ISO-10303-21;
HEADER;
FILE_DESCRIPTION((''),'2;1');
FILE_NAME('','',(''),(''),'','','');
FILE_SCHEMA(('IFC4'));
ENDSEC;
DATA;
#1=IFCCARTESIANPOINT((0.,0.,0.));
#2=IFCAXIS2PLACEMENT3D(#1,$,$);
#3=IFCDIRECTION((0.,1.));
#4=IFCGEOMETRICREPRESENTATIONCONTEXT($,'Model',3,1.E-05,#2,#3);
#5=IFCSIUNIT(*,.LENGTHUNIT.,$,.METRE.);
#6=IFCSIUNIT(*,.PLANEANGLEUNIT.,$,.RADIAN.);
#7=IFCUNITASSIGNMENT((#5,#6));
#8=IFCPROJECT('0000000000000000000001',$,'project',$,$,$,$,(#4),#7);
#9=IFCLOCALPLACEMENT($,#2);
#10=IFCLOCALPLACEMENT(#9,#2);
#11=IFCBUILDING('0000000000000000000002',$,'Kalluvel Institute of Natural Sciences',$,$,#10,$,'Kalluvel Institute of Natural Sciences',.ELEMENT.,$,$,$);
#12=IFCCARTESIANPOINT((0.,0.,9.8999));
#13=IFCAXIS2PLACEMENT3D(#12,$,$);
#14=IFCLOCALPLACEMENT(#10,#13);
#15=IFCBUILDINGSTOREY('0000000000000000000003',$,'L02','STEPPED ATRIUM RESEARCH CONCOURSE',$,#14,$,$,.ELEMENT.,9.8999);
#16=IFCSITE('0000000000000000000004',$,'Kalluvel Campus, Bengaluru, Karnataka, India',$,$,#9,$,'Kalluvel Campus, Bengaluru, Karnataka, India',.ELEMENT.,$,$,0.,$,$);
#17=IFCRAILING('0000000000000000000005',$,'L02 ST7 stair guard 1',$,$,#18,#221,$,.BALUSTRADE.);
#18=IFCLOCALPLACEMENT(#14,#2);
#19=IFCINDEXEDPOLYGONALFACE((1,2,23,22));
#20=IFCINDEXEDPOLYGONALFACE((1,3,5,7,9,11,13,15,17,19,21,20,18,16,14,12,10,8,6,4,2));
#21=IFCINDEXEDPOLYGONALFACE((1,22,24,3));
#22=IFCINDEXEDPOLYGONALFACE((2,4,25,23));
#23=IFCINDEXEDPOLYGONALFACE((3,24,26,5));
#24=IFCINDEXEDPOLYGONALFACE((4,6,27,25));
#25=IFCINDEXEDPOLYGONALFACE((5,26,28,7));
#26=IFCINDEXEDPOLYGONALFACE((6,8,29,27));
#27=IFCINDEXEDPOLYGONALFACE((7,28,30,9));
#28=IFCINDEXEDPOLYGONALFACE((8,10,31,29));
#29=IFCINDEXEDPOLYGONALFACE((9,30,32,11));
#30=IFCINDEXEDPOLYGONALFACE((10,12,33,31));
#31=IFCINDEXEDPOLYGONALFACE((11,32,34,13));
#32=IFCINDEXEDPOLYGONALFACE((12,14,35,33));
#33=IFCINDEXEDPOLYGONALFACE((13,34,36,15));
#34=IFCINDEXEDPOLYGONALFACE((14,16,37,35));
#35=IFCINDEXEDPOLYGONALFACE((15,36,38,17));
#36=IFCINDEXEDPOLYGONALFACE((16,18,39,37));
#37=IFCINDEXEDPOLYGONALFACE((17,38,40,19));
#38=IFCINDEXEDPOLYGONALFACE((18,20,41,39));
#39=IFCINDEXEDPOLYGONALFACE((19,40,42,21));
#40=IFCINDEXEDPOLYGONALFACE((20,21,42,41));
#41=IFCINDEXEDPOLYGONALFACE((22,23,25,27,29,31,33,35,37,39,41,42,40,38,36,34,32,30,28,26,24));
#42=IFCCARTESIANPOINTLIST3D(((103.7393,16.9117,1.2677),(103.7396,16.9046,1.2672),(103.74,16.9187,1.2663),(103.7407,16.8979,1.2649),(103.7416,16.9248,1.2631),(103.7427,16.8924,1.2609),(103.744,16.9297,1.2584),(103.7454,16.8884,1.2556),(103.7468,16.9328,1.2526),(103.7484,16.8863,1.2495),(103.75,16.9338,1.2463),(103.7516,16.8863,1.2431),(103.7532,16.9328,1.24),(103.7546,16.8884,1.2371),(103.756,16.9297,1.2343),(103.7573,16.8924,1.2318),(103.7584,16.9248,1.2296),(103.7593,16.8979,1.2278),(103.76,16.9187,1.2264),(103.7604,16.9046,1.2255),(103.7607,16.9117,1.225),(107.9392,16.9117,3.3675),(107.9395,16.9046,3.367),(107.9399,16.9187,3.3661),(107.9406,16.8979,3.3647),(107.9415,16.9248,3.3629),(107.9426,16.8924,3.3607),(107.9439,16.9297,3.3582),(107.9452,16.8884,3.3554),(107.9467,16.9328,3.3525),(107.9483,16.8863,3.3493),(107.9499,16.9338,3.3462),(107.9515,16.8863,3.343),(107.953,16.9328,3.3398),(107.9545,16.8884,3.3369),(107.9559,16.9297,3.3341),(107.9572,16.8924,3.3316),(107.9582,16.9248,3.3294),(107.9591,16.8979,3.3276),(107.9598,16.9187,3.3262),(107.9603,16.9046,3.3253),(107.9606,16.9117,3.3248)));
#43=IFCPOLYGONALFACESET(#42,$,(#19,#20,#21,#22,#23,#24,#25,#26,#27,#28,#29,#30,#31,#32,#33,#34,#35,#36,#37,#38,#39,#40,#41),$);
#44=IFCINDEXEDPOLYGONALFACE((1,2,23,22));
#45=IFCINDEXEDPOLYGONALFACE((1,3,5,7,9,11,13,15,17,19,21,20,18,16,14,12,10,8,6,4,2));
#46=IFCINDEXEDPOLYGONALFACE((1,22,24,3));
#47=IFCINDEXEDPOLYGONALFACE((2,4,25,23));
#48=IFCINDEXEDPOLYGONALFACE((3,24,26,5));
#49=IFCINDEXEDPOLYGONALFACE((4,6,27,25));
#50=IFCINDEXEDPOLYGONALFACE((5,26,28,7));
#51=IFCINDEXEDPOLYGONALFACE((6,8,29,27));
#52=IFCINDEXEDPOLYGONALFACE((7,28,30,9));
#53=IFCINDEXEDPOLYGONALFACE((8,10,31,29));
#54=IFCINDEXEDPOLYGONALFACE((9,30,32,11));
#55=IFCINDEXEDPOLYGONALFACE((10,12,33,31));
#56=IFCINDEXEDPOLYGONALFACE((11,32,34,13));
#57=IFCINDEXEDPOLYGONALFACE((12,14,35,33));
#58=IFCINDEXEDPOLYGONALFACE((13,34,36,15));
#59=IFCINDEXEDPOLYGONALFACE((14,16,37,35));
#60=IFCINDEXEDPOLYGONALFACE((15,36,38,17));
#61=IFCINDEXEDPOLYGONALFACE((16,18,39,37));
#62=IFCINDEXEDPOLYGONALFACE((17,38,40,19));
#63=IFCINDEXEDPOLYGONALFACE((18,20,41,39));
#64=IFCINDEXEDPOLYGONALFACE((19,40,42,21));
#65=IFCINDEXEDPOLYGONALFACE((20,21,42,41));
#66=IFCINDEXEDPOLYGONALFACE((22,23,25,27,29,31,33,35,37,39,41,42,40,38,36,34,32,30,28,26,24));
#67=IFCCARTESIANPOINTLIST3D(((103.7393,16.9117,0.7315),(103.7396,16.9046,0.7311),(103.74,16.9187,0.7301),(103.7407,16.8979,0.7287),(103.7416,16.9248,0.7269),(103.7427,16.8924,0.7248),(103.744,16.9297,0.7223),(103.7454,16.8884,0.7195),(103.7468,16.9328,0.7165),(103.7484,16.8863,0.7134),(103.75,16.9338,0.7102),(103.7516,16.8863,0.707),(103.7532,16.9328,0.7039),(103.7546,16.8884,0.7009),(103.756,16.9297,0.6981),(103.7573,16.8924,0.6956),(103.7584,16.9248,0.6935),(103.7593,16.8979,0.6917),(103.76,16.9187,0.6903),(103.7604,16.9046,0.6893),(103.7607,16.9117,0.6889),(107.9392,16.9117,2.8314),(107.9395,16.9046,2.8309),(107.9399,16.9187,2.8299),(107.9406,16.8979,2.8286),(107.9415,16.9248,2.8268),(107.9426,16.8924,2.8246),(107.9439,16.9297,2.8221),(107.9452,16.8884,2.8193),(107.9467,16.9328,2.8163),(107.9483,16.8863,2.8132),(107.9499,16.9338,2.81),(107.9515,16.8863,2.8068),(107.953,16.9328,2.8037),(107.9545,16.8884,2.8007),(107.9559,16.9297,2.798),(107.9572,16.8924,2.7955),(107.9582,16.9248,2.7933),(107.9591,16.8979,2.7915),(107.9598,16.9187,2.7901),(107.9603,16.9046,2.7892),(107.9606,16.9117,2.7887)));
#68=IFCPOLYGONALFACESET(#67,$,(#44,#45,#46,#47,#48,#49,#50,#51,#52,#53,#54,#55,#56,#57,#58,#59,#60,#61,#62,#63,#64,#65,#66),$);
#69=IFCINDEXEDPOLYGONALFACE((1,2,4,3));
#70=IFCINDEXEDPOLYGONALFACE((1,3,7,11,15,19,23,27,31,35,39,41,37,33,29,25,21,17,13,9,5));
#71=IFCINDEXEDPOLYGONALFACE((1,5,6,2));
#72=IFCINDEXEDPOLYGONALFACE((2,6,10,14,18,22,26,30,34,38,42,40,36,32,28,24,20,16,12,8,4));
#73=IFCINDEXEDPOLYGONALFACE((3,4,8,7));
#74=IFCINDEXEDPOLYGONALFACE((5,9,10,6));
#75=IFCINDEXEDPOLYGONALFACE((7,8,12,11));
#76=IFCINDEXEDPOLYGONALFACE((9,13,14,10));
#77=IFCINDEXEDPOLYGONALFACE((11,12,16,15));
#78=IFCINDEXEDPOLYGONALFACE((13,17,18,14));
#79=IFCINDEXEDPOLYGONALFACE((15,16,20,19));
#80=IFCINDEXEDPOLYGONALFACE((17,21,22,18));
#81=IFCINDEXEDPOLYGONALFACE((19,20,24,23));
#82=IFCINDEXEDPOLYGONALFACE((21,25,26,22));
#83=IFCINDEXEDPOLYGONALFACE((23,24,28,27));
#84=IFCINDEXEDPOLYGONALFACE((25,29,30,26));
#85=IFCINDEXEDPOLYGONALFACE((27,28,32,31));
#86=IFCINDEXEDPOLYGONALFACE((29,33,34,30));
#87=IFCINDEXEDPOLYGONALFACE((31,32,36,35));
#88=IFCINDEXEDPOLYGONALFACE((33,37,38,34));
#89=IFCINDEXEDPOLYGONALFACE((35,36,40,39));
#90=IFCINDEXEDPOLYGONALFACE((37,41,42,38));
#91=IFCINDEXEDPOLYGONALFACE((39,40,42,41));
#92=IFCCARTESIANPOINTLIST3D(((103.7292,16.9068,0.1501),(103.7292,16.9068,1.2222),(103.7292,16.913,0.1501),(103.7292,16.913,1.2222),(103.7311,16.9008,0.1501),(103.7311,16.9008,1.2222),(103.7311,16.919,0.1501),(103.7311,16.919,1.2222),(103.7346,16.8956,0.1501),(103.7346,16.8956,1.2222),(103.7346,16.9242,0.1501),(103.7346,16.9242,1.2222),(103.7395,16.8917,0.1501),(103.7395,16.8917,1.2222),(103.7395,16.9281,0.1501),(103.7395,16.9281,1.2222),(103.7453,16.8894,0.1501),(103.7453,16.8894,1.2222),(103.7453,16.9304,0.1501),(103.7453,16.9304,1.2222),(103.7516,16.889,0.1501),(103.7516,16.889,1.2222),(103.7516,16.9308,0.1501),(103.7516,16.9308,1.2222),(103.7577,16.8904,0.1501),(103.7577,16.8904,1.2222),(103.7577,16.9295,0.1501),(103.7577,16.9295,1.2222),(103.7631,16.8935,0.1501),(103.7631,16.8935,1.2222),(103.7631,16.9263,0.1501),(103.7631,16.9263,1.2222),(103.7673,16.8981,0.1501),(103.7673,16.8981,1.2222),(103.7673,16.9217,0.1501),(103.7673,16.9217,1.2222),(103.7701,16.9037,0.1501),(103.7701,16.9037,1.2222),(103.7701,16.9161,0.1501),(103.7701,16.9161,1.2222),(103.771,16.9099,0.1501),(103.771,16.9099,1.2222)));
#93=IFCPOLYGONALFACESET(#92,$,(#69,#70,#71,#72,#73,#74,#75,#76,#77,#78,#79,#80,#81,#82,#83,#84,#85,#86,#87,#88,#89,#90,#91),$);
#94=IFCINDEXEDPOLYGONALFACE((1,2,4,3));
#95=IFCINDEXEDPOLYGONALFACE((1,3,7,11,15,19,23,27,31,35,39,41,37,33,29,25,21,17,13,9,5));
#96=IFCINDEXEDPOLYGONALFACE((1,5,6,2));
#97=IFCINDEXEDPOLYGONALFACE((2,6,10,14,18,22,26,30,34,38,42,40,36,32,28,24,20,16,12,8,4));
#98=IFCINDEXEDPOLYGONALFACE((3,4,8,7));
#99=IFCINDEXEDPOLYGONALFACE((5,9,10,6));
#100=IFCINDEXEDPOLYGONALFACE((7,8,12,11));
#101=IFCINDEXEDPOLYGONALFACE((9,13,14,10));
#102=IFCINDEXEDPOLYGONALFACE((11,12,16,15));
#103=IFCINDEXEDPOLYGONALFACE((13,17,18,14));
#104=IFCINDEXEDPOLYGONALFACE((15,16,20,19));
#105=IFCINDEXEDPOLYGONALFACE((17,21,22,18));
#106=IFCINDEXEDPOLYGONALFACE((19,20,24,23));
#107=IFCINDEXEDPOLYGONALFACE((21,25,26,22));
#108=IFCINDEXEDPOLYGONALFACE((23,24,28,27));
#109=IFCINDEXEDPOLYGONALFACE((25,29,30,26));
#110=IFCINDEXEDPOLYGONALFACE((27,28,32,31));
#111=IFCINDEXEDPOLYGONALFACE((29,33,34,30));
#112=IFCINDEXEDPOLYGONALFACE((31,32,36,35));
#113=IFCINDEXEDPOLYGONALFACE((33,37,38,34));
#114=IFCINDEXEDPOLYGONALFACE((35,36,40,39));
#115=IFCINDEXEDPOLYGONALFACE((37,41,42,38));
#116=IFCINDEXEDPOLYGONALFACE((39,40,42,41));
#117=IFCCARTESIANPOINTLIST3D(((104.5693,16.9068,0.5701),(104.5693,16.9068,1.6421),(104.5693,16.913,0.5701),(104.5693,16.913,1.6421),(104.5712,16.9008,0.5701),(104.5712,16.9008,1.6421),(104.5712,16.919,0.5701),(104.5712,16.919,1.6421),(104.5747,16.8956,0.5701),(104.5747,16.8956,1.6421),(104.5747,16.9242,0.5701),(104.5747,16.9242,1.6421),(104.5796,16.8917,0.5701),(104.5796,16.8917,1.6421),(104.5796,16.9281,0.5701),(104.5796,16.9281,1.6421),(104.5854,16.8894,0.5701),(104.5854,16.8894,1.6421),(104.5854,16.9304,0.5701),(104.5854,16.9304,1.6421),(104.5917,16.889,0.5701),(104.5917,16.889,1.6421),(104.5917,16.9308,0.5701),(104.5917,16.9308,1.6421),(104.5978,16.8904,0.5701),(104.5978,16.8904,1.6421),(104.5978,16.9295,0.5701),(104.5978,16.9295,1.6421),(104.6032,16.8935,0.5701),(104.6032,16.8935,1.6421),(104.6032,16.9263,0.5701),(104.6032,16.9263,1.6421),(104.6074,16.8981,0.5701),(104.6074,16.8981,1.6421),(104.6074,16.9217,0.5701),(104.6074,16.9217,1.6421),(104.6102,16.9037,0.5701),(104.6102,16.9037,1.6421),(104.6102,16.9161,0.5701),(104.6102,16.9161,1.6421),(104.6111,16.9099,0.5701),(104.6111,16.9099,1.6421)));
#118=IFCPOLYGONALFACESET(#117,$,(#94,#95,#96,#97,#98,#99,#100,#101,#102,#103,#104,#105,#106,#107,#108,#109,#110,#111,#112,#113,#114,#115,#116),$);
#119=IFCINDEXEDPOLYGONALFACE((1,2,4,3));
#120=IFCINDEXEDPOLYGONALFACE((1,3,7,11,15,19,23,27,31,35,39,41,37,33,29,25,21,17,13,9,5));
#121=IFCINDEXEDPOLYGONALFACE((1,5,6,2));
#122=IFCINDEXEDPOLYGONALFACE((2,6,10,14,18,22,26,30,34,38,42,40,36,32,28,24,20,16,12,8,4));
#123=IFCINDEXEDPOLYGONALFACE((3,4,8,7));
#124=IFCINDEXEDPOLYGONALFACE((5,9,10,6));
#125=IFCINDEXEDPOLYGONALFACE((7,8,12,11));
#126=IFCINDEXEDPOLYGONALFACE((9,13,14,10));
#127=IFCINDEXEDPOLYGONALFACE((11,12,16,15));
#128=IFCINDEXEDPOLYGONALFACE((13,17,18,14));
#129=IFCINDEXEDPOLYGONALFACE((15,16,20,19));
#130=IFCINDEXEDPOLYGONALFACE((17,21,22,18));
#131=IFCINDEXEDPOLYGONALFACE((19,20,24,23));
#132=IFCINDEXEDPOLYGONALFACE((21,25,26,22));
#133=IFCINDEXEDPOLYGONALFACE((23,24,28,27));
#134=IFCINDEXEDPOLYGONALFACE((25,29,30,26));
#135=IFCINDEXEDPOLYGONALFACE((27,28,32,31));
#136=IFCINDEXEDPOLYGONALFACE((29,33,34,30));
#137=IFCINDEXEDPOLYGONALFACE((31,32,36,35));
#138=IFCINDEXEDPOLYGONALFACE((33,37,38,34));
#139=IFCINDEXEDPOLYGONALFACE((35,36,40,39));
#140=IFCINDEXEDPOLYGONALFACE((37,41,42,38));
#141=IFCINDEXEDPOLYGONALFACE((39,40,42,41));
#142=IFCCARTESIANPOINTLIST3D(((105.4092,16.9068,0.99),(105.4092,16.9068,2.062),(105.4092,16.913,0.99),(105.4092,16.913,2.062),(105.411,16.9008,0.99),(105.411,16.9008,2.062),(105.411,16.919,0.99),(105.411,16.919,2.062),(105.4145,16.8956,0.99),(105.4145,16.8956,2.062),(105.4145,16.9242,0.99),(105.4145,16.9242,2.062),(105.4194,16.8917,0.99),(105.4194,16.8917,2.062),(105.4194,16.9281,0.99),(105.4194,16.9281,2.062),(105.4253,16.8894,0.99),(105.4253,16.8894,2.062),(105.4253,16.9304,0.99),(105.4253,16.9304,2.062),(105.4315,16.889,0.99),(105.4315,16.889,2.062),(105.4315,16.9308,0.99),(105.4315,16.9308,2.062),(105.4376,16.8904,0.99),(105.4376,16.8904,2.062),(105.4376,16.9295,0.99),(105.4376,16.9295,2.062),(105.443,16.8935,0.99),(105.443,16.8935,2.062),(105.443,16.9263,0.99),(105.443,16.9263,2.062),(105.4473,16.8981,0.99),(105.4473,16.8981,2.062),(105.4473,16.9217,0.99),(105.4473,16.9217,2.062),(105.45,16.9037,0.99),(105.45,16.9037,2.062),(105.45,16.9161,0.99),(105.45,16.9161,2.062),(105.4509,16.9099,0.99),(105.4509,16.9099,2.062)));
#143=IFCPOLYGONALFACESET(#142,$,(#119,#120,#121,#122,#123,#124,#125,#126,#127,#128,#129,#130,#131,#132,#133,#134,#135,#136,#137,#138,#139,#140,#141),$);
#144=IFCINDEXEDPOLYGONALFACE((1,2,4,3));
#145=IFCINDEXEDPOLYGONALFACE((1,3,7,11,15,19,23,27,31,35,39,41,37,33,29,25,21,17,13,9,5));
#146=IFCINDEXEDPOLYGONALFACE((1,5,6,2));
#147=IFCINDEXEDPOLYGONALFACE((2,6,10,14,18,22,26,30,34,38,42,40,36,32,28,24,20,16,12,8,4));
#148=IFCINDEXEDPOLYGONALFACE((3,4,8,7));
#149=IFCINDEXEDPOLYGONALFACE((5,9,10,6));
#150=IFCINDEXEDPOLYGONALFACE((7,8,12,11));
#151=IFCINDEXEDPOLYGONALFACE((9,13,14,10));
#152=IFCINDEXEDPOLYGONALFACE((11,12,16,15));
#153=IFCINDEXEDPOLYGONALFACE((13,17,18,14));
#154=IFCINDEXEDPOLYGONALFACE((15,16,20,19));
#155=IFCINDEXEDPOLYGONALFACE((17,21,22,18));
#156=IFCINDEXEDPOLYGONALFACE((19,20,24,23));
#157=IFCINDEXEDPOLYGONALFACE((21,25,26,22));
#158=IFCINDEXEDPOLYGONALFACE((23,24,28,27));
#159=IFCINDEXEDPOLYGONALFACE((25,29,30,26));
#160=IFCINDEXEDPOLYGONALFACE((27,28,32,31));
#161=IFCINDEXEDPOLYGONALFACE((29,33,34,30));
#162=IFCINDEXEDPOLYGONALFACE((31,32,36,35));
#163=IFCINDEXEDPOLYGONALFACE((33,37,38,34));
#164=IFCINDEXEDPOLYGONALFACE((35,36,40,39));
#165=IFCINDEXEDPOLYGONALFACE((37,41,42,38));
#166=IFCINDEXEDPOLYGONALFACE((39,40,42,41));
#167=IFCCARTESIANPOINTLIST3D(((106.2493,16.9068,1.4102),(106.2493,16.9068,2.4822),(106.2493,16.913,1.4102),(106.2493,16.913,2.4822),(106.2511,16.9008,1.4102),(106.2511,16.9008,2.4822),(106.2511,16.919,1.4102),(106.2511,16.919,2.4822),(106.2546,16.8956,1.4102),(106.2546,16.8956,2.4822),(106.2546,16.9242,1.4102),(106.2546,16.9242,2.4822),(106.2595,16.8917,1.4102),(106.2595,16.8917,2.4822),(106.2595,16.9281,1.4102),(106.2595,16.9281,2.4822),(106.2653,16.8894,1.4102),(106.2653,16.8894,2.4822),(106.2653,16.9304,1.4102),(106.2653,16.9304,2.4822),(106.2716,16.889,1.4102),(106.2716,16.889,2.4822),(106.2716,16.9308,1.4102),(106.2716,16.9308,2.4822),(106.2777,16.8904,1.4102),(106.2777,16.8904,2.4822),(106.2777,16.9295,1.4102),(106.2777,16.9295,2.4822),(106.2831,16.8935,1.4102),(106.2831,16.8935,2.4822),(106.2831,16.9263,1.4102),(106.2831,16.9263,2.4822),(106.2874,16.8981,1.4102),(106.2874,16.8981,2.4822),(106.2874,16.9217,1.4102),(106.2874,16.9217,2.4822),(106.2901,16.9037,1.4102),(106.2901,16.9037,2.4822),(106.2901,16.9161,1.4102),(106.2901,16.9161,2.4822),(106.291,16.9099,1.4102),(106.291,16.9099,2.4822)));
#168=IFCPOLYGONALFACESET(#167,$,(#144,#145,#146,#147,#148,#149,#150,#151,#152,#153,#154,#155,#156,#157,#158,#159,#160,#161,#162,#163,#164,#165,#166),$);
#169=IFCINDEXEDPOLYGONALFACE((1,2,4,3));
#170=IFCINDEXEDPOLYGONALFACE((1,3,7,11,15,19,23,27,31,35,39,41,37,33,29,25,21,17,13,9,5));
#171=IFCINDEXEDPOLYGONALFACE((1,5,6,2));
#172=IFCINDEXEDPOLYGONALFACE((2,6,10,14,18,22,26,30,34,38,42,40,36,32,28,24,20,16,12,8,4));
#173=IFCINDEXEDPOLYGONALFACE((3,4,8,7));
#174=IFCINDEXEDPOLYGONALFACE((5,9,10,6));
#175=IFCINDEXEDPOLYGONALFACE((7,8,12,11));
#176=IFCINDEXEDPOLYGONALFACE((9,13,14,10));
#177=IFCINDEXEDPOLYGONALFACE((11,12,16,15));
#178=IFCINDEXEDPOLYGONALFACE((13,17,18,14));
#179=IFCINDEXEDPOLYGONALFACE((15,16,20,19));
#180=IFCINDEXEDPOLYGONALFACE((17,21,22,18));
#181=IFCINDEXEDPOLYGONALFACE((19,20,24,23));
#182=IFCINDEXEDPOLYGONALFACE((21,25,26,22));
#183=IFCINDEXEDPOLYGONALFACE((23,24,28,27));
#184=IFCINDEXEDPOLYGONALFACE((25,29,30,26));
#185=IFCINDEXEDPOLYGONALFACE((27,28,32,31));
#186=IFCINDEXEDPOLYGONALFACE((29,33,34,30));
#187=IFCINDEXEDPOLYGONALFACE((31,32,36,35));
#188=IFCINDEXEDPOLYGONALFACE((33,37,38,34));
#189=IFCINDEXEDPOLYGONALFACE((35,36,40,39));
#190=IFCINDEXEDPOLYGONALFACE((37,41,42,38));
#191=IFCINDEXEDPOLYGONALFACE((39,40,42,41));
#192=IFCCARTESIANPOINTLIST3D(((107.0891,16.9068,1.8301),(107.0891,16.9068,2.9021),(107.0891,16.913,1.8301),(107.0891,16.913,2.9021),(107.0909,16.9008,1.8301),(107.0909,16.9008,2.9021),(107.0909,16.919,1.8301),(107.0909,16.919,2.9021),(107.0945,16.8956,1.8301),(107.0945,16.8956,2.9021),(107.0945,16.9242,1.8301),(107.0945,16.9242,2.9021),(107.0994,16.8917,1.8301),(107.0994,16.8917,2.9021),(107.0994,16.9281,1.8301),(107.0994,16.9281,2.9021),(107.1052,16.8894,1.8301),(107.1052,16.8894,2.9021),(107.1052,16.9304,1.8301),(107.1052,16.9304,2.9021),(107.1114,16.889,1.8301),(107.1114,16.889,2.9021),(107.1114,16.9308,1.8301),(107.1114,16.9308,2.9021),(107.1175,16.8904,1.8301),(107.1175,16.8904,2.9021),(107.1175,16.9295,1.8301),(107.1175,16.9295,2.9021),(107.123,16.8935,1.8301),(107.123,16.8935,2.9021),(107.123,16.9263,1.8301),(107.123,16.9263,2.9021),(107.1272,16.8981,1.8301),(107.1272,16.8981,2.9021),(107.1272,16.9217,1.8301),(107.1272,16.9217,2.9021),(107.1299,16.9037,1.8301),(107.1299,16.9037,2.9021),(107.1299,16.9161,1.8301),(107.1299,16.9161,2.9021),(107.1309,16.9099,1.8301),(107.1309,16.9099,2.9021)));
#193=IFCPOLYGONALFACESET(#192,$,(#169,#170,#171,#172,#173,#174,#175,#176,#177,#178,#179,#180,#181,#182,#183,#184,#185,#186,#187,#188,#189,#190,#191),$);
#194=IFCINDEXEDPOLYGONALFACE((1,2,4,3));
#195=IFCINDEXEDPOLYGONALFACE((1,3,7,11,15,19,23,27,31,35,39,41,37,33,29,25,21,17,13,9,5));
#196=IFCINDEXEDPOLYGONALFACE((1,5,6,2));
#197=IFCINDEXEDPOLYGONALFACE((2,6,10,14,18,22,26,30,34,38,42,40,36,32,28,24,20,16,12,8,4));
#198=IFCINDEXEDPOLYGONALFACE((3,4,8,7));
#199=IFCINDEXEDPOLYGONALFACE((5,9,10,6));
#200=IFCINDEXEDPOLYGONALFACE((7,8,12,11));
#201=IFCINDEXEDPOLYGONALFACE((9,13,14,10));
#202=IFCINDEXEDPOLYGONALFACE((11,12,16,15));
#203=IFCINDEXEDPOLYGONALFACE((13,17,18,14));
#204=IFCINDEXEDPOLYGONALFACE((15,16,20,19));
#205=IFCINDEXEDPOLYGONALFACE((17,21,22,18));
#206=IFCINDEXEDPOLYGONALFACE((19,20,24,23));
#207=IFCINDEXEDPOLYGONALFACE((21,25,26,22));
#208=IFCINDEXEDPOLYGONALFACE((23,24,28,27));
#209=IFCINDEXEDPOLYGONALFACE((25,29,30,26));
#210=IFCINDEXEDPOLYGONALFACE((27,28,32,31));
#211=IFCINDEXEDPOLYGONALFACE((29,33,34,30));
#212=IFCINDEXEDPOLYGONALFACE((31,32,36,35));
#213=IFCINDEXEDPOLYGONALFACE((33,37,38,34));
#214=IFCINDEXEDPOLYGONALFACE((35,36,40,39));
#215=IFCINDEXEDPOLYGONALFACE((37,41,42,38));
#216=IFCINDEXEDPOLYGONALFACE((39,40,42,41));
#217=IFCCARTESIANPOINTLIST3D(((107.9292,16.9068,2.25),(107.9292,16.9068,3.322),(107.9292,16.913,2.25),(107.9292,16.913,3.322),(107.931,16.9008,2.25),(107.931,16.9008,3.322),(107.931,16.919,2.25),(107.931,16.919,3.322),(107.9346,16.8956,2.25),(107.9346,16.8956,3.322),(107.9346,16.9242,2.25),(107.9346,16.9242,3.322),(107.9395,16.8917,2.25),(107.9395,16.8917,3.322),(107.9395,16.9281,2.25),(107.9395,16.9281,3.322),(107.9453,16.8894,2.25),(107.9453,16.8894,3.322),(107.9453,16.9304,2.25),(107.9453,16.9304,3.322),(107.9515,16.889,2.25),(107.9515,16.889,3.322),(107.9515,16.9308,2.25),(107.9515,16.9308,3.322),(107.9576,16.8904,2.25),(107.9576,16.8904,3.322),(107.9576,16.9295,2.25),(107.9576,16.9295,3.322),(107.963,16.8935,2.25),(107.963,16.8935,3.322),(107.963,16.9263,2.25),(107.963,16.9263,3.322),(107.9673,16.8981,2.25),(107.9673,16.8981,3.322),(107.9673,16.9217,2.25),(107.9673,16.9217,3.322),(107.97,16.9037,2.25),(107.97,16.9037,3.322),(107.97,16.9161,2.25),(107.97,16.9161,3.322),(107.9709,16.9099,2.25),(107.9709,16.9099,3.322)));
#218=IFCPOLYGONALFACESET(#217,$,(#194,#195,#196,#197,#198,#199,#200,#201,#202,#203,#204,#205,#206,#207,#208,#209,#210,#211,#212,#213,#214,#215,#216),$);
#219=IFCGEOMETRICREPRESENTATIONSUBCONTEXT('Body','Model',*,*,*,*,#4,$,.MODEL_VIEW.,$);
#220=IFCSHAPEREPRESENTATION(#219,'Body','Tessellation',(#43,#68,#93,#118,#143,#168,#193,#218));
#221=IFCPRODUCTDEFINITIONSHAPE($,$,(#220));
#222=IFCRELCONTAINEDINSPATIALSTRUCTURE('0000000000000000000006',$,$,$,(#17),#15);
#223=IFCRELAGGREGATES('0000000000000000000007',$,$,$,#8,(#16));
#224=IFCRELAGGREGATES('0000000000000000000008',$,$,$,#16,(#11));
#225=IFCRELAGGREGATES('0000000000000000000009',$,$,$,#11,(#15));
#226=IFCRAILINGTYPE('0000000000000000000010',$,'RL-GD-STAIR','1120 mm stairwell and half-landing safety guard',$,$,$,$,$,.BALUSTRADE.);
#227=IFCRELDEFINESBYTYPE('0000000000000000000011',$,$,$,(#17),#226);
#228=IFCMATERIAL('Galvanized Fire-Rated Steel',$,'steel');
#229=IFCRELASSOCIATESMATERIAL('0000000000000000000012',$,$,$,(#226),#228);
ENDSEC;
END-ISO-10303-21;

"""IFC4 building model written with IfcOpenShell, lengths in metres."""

from ifc_helpers import new_model, si_unit, direction, frame, origin, origin_2d, place, context, subcontext, project, spatial, circle, extrude, material, type_object, element, save


model = new_model("IFC4")

# Units and contexts
model_context = context("Model", 3, precision=1e-05, world=origin(), true_north=direction((0.0, 1.0)))
body_context = subcontext(model_context, "Body", "Model", "MODEL_VIEW")
ifc_project = project(units=[si_unit("LENGTHUNIT", "METRE"), si_unit("PLANEANGLEUNIT", "RADIAN")], contexts=[model_context])

# Site, building, storey
site_placement = place(None, origin())
site = spatial("IfcSite", under=ifc_project, at=site_placement, Name="Kalluvel Campus, Bengaluru, Karnataka, India", LongName="Kalluvel Campus, Bengaluru, Karnataka, India", CompositionType="ELEMENT", RefElevation=0.0)
building_placement = place(site_placement, origin())
building = spatial("IfcBuilding", under=site, at=building_placement, Name="Kalluvel Institute of Natural Sciences", LongName="Kalluvel Institute of Natural Sciences", CompositionType="ELEMENT")
storey_placement = place(building_placement, frame((0.0, 0.0, 9.8999)))
storey = spatial("IfcBuildingStorey", under=building, at=storey_placement, Name="L02", Description="STEPPED ATRIUM RESEARCH CONCOURSE", CompositionType="ELEMENT", Elevation=9.8999)

# Shared definitions
ifc_material_1 = material(Name="Galvanized Fire-Rated Steel", Category="steel")

# Railing
railing_type_1 = type_object("IfcRailingType", Name="RL-GD-STAIR", Description="1120 mm stairwell and half-landing safety guard", PredefinedType="BALUSTRADE", material=ifc_material_1)
railing_1_placement = place(storey_placement, frame((103.75, 16.9099, 0.1501)))
element("IfcRailing", 1, at=railing_1_placement, inside=storey, type_object=railing_type_1, Name="L02 ST7 stair guard 1", PredefinedType="BALUSTRADE", context=body_context, shape_type="SweptSolid", body=[
    extrude(circle(Radius=0.0239, at=origin_2d()), frame((0.0, 0.0, 1.0962), z_axis=(0.894438, 0.0, 0.447193), x_axis=(0.0, 1.0, 0.0)), (0.0, 0.0, 1.0), 4.6956),
    extrude(circle(Radius=0.0239, at=origin_2d()), frame((0.0, 0.0, 0.5601), z_axis=(0.894438, 0.0, 0.447193), x_axis=(0.0, 1.0, 0.0)), (0.0, 0.0, 1.0), 4.6956),
    extrude(circle(Radius=0.021, at=origin_2d()), origin(), (0.0, 0.0, 1.0), 1.072),
    extrude(circle(Radius=0.021, at=origin_2d()), frame((0.8401, 0.0, 0.4199)), (0.0, 0.0, 1.0), 1.072),
    extrude(circle(Radius=0.021, at=origin_2d()), frame((1.6799, 0.0, 0.8398)), (0.0, 0.0, 1.0), 1.072),
    extrude(circle(Radius=0.021, at=origin_2d()), frame((2.52, 0.0, 1.26)), (0.0, 0.0, 1.0), 1.072),
    extrude(circle(Radius=0.021, at=origin_2d()), frame((3.3599, 0.0, 1.6799)), (0.0, 0.0, 1.0), 1.072),
    extrude(circle(Radius=0.021, at=origin_2d()), frame((4.2, 0.0, 2.0999)), (0.0, 0.0, 1.0), 1.072),
])

save(model, "model.ifc")
